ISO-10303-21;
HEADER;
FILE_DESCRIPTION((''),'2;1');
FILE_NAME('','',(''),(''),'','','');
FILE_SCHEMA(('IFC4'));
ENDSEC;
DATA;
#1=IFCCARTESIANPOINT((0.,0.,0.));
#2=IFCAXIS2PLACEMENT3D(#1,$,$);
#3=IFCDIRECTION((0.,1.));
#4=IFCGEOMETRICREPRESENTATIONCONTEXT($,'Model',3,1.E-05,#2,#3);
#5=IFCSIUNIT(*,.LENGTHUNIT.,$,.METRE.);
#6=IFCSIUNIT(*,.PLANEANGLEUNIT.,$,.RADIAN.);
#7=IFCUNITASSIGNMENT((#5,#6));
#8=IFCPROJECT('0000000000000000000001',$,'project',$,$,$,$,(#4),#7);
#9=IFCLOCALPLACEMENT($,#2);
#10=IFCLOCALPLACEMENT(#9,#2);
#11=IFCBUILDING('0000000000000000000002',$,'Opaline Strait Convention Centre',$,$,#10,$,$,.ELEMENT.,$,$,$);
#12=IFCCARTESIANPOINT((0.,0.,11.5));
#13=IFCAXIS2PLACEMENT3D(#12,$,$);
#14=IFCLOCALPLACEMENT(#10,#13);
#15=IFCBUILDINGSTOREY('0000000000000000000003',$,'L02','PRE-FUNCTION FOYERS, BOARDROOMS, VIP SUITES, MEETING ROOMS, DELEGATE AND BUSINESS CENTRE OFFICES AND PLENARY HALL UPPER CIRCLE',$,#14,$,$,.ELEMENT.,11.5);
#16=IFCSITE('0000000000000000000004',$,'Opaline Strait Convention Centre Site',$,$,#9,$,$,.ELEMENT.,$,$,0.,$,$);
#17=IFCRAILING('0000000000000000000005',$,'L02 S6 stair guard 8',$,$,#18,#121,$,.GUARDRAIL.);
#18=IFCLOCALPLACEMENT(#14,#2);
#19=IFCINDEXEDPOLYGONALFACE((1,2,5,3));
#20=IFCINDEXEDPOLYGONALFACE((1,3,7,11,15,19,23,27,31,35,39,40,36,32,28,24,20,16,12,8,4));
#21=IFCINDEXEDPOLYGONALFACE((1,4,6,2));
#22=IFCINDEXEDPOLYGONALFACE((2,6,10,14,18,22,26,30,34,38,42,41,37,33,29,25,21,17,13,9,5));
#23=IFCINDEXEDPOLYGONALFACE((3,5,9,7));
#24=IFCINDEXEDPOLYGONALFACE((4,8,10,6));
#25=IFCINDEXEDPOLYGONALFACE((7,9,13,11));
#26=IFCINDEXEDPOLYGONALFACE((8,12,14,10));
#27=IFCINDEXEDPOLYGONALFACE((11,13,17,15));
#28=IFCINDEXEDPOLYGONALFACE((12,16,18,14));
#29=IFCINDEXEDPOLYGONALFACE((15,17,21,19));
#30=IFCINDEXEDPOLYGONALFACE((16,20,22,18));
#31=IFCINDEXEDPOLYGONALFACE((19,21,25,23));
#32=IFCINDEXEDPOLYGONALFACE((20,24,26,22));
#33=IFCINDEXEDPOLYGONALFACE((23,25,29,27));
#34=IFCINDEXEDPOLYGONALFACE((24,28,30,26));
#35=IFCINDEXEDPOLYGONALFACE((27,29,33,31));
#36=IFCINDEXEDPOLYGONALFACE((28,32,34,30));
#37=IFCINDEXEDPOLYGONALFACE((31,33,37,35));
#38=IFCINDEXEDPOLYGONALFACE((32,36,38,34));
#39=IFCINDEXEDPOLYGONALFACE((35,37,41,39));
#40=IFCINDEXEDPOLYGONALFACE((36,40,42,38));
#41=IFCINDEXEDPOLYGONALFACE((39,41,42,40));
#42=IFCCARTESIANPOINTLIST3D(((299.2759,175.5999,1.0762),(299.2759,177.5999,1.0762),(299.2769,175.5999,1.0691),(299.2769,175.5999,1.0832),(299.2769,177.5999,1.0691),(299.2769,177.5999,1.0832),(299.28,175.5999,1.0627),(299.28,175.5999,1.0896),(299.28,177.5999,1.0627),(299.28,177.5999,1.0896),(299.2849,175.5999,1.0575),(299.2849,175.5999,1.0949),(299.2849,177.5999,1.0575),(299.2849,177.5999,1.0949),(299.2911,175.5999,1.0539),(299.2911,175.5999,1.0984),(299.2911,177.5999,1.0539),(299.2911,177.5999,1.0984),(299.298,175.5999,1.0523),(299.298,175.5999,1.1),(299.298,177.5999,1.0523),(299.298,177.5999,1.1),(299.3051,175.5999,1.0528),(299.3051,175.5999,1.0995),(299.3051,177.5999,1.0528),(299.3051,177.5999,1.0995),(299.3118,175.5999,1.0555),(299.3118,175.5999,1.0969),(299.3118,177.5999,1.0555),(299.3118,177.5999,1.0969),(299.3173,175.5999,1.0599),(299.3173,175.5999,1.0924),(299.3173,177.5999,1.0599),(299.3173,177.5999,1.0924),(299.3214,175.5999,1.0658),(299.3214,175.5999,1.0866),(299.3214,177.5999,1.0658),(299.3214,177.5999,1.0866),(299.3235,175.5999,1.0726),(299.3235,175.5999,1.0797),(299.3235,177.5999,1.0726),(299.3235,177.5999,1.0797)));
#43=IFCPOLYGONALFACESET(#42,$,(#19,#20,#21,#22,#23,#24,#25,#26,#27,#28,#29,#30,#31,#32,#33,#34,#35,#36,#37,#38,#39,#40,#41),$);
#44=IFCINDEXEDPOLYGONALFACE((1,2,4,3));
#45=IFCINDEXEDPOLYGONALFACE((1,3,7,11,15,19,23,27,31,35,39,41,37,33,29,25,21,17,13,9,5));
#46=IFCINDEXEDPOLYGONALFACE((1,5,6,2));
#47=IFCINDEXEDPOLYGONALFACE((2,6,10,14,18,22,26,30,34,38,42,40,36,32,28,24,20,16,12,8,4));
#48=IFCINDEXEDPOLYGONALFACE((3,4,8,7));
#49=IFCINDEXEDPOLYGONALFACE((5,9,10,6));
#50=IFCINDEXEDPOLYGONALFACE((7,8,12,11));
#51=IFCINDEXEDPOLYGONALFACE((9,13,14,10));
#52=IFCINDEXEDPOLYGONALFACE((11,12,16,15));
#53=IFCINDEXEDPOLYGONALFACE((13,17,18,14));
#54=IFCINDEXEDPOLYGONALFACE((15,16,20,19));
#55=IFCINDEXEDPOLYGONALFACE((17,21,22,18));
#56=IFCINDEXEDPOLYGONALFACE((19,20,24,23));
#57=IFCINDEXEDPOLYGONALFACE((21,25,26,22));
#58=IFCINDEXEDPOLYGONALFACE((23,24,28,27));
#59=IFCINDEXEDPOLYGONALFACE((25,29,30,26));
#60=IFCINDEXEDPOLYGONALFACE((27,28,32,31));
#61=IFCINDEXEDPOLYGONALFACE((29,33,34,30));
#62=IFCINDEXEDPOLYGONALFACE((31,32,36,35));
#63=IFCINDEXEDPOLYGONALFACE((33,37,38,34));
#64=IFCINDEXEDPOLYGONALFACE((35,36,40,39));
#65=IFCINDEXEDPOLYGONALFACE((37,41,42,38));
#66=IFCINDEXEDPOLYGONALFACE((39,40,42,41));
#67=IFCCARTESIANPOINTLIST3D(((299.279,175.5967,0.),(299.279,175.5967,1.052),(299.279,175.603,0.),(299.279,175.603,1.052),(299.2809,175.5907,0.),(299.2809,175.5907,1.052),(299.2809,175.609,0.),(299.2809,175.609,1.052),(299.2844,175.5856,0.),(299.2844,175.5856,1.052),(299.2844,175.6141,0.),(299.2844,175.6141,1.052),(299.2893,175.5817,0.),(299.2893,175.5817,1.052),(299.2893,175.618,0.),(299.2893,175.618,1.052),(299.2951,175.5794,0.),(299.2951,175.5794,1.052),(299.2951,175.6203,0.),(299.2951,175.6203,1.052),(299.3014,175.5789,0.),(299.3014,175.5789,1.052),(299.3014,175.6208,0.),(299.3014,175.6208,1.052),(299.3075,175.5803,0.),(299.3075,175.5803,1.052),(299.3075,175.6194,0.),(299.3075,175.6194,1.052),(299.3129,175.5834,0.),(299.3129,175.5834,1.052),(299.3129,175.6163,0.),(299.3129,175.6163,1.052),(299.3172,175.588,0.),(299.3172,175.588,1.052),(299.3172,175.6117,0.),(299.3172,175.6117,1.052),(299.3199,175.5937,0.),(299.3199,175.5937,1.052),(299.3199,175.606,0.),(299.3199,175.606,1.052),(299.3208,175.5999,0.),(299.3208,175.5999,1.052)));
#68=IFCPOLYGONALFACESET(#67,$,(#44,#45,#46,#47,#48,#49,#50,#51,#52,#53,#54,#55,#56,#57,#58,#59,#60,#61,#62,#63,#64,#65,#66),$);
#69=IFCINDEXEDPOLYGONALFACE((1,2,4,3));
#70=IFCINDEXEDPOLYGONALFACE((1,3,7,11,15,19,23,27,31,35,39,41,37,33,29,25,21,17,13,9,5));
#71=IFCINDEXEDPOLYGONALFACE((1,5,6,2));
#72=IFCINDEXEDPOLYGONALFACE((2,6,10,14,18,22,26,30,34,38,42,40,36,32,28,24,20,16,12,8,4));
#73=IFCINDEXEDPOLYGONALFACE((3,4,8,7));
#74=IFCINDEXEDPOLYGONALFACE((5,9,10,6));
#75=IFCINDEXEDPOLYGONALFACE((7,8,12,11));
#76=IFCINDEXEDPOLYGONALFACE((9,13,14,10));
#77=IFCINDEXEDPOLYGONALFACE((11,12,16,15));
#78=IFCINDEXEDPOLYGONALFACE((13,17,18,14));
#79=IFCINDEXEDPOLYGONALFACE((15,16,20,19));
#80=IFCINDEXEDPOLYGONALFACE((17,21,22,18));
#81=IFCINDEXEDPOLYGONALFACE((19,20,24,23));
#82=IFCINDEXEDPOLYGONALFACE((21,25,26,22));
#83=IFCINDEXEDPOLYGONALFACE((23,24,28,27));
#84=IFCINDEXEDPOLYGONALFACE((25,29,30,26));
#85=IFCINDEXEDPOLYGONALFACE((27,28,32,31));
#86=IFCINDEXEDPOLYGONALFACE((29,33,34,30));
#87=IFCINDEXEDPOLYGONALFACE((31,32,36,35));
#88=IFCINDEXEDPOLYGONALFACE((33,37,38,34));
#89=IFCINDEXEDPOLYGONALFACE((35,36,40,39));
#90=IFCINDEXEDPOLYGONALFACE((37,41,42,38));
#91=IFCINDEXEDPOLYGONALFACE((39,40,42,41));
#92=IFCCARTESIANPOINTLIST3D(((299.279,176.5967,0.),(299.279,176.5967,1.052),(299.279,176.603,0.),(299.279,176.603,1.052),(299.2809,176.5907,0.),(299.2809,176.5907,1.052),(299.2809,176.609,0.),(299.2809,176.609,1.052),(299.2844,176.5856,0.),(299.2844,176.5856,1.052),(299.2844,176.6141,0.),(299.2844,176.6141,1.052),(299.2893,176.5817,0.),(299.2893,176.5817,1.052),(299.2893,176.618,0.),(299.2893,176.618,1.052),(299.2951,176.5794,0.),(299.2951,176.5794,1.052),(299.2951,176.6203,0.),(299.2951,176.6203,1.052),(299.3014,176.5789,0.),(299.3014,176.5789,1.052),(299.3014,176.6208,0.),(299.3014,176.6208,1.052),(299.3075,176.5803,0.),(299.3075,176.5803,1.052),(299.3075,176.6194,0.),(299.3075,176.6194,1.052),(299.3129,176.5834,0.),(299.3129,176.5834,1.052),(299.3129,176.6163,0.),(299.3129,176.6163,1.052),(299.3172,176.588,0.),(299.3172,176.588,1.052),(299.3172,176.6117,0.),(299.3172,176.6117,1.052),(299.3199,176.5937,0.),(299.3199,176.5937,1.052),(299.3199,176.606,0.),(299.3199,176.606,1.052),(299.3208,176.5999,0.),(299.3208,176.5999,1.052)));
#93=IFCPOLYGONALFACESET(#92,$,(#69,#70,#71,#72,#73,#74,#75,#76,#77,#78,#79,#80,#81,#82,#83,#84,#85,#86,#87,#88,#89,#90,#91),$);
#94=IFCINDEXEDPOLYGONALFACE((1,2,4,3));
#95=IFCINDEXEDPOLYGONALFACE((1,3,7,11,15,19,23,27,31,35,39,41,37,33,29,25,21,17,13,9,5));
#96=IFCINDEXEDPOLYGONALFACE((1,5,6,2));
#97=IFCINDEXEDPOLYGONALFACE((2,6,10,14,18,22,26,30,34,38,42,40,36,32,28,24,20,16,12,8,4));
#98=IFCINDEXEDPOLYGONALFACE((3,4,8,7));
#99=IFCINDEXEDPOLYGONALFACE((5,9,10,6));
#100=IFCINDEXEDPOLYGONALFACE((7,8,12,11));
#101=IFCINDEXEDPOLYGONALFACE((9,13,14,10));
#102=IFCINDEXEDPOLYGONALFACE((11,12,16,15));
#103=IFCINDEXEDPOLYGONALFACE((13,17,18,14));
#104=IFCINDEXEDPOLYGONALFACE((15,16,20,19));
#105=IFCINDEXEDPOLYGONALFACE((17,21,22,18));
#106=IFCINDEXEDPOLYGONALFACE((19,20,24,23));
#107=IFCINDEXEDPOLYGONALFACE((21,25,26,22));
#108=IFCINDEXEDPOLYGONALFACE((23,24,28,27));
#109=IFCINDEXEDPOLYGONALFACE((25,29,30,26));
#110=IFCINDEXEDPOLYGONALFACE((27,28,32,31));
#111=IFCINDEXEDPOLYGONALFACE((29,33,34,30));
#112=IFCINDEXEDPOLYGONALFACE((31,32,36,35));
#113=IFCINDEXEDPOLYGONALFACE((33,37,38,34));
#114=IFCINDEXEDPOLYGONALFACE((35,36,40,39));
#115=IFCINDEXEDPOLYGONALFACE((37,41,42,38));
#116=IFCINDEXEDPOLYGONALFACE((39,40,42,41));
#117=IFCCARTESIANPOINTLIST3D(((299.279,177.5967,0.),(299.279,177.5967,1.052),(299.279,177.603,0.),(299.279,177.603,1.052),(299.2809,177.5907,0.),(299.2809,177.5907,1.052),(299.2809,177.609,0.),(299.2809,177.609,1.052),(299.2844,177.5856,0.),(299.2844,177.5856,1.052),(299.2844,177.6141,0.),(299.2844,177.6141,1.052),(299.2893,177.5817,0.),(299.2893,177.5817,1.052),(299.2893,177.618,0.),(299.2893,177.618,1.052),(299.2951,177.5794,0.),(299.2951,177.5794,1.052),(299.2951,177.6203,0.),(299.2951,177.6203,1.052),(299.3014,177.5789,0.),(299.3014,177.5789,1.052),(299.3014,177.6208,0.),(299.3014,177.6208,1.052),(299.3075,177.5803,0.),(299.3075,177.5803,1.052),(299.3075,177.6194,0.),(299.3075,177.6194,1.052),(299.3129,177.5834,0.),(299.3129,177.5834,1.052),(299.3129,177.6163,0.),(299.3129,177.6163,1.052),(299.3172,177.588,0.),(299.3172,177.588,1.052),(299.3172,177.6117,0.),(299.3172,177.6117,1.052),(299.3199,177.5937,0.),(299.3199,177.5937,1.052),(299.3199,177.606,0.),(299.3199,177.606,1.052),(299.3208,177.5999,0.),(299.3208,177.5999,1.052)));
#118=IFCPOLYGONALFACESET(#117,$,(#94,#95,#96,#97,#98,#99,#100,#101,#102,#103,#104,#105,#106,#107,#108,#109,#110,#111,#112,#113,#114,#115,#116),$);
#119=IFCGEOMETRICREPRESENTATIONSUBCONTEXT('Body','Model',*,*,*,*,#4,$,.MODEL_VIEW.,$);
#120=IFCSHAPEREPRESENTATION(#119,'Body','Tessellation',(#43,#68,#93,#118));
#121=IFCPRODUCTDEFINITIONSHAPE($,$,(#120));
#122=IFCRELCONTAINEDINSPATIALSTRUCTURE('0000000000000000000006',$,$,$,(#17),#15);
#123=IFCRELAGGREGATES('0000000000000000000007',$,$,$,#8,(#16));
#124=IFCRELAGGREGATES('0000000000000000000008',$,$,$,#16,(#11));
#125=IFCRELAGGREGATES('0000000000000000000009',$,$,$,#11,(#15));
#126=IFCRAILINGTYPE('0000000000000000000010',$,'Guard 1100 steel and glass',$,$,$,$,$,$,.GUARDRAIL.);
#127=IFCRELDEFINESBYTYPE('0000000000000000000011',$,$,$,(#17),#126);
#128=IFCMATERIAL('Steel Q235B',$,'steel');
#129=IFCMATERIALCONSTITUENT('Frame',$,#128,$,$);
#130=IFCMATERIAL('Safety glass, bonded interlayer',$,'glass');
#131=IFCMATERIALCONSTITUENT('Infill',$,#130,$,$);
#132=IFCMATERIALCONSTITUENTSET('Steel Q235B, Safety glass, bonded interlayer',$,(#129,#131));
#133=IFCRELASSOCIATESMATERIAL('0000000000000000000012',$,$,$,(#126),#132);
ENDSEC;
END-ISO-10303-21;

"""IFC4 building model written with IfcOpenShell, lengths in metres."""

from ifc_helpers import new_model, si_unit, direction, frame, origin, origin_2d, place, context, subcontext, project, spatial, circle, extrude, material, constituent, constituent_set, type_object, element, save


model = new_model("IFC4")

# Units and contexts
model_context = context("Model", 3, precision=1e-05, world=origin(), true_north=direction((0.0, 1.0)))
body_context = subcontext(model_context, "Body", "Model", "MODEL_VIEW")
ifc_project = project(units=[si_unit("LENGTHUNIT", "METRE"), si_unit("PLANEANGLEUNIT", "RADIAN")], contexts=[model_context])

# Site, building, storey
site_placement = place(None, origin())
site = spatial("IfcSite", under=ifc_project, at=site_placement, Name="Opaline Strait Convention Centre Site", CompositionType="ELEMENT", RefElevation=0.0)
building_placement = place(site_placement, origin())
building = spatial("IfcBuilding", under=site, at=building_placement, Name="Opaline Strait Convention Centre", CompositionType="ELEMENT")
storey_placement = place(building_placement, frame((0.0, 0.0, 11.5)))
storey = spatial("IfcBuildingStorey", under=building, at=storey_placement, Name="L02", Description="PRE-FUNCTION FOYERS, BOARDROOMS, VIP SUITES, MEETING ROOMS, DELEGATE AND BUSINESS CENTRE OFFICES AND PLENARY HALL UPPER CIRCLE", CompositionType="ELEMENT", Elevation=11.5)

# Shared definitions
ifc_material_1 = material(Name="Steel Q235B", Category="steel")

# Railing
ifc_constituent_1 = constituent(ifc_material_1, Name="Frame")
ifc_material_2 = material(Name="Safety glass, bonded interlayer", Category="glass")
ifc_constituent_2 = constituent(ifc_material_2, Name="Infill")
ifc_constituent_set = constituent_set(constituents=[ifc_constituent_1, ifc_constituent_2], Name="Steel Q235B, Safety glass, bonded interlayer")
railing_type_1 = type_object("IfcRailingType", Name="Guard 1100 steel and glass", PredefinedType="GUARDRAIL", material=ifc_constituent_set)
for number, where, name in (
    (1, (299.2998, 175.5999, 0.0), "L02 S6 stair guard 8"),
):
    element("IfcRailing", number, at=place(storey_placement, frame(where)), inside=storey, type_object=railing_type_1, Name=name, PredefinedType="GUARDRAIL", context=body_context, shape_type="SweptSolid", body=[
        extrude(circle(Radius=0.0239, at=origin_2d()), frame((0.0, 0.0, 1.0762), z_axis=(0.0, 1.0, 0.0), x_axis=(-1.0, 0.0, 0.0)), (0.0, 0.0, 1.0), 2.0),
        extrude(circle(Radius=0.021, at=origin_2d()), origin(), (0.0, 0.0, 1.0), 1.052),
        extrude(circle(Radius=0.021, at=origin_2d()), frame((0.0, 1.0, 0.0)), (0.0, 0.0, 1.0), 1.052),
        extrude(circle(Radius=0.021, at=origin_2d()), frame((0.0, 2.0, 0.0)), (0.0, 0.0, 1.0), 1.052),
    ])

save(model, "model.ifc")
